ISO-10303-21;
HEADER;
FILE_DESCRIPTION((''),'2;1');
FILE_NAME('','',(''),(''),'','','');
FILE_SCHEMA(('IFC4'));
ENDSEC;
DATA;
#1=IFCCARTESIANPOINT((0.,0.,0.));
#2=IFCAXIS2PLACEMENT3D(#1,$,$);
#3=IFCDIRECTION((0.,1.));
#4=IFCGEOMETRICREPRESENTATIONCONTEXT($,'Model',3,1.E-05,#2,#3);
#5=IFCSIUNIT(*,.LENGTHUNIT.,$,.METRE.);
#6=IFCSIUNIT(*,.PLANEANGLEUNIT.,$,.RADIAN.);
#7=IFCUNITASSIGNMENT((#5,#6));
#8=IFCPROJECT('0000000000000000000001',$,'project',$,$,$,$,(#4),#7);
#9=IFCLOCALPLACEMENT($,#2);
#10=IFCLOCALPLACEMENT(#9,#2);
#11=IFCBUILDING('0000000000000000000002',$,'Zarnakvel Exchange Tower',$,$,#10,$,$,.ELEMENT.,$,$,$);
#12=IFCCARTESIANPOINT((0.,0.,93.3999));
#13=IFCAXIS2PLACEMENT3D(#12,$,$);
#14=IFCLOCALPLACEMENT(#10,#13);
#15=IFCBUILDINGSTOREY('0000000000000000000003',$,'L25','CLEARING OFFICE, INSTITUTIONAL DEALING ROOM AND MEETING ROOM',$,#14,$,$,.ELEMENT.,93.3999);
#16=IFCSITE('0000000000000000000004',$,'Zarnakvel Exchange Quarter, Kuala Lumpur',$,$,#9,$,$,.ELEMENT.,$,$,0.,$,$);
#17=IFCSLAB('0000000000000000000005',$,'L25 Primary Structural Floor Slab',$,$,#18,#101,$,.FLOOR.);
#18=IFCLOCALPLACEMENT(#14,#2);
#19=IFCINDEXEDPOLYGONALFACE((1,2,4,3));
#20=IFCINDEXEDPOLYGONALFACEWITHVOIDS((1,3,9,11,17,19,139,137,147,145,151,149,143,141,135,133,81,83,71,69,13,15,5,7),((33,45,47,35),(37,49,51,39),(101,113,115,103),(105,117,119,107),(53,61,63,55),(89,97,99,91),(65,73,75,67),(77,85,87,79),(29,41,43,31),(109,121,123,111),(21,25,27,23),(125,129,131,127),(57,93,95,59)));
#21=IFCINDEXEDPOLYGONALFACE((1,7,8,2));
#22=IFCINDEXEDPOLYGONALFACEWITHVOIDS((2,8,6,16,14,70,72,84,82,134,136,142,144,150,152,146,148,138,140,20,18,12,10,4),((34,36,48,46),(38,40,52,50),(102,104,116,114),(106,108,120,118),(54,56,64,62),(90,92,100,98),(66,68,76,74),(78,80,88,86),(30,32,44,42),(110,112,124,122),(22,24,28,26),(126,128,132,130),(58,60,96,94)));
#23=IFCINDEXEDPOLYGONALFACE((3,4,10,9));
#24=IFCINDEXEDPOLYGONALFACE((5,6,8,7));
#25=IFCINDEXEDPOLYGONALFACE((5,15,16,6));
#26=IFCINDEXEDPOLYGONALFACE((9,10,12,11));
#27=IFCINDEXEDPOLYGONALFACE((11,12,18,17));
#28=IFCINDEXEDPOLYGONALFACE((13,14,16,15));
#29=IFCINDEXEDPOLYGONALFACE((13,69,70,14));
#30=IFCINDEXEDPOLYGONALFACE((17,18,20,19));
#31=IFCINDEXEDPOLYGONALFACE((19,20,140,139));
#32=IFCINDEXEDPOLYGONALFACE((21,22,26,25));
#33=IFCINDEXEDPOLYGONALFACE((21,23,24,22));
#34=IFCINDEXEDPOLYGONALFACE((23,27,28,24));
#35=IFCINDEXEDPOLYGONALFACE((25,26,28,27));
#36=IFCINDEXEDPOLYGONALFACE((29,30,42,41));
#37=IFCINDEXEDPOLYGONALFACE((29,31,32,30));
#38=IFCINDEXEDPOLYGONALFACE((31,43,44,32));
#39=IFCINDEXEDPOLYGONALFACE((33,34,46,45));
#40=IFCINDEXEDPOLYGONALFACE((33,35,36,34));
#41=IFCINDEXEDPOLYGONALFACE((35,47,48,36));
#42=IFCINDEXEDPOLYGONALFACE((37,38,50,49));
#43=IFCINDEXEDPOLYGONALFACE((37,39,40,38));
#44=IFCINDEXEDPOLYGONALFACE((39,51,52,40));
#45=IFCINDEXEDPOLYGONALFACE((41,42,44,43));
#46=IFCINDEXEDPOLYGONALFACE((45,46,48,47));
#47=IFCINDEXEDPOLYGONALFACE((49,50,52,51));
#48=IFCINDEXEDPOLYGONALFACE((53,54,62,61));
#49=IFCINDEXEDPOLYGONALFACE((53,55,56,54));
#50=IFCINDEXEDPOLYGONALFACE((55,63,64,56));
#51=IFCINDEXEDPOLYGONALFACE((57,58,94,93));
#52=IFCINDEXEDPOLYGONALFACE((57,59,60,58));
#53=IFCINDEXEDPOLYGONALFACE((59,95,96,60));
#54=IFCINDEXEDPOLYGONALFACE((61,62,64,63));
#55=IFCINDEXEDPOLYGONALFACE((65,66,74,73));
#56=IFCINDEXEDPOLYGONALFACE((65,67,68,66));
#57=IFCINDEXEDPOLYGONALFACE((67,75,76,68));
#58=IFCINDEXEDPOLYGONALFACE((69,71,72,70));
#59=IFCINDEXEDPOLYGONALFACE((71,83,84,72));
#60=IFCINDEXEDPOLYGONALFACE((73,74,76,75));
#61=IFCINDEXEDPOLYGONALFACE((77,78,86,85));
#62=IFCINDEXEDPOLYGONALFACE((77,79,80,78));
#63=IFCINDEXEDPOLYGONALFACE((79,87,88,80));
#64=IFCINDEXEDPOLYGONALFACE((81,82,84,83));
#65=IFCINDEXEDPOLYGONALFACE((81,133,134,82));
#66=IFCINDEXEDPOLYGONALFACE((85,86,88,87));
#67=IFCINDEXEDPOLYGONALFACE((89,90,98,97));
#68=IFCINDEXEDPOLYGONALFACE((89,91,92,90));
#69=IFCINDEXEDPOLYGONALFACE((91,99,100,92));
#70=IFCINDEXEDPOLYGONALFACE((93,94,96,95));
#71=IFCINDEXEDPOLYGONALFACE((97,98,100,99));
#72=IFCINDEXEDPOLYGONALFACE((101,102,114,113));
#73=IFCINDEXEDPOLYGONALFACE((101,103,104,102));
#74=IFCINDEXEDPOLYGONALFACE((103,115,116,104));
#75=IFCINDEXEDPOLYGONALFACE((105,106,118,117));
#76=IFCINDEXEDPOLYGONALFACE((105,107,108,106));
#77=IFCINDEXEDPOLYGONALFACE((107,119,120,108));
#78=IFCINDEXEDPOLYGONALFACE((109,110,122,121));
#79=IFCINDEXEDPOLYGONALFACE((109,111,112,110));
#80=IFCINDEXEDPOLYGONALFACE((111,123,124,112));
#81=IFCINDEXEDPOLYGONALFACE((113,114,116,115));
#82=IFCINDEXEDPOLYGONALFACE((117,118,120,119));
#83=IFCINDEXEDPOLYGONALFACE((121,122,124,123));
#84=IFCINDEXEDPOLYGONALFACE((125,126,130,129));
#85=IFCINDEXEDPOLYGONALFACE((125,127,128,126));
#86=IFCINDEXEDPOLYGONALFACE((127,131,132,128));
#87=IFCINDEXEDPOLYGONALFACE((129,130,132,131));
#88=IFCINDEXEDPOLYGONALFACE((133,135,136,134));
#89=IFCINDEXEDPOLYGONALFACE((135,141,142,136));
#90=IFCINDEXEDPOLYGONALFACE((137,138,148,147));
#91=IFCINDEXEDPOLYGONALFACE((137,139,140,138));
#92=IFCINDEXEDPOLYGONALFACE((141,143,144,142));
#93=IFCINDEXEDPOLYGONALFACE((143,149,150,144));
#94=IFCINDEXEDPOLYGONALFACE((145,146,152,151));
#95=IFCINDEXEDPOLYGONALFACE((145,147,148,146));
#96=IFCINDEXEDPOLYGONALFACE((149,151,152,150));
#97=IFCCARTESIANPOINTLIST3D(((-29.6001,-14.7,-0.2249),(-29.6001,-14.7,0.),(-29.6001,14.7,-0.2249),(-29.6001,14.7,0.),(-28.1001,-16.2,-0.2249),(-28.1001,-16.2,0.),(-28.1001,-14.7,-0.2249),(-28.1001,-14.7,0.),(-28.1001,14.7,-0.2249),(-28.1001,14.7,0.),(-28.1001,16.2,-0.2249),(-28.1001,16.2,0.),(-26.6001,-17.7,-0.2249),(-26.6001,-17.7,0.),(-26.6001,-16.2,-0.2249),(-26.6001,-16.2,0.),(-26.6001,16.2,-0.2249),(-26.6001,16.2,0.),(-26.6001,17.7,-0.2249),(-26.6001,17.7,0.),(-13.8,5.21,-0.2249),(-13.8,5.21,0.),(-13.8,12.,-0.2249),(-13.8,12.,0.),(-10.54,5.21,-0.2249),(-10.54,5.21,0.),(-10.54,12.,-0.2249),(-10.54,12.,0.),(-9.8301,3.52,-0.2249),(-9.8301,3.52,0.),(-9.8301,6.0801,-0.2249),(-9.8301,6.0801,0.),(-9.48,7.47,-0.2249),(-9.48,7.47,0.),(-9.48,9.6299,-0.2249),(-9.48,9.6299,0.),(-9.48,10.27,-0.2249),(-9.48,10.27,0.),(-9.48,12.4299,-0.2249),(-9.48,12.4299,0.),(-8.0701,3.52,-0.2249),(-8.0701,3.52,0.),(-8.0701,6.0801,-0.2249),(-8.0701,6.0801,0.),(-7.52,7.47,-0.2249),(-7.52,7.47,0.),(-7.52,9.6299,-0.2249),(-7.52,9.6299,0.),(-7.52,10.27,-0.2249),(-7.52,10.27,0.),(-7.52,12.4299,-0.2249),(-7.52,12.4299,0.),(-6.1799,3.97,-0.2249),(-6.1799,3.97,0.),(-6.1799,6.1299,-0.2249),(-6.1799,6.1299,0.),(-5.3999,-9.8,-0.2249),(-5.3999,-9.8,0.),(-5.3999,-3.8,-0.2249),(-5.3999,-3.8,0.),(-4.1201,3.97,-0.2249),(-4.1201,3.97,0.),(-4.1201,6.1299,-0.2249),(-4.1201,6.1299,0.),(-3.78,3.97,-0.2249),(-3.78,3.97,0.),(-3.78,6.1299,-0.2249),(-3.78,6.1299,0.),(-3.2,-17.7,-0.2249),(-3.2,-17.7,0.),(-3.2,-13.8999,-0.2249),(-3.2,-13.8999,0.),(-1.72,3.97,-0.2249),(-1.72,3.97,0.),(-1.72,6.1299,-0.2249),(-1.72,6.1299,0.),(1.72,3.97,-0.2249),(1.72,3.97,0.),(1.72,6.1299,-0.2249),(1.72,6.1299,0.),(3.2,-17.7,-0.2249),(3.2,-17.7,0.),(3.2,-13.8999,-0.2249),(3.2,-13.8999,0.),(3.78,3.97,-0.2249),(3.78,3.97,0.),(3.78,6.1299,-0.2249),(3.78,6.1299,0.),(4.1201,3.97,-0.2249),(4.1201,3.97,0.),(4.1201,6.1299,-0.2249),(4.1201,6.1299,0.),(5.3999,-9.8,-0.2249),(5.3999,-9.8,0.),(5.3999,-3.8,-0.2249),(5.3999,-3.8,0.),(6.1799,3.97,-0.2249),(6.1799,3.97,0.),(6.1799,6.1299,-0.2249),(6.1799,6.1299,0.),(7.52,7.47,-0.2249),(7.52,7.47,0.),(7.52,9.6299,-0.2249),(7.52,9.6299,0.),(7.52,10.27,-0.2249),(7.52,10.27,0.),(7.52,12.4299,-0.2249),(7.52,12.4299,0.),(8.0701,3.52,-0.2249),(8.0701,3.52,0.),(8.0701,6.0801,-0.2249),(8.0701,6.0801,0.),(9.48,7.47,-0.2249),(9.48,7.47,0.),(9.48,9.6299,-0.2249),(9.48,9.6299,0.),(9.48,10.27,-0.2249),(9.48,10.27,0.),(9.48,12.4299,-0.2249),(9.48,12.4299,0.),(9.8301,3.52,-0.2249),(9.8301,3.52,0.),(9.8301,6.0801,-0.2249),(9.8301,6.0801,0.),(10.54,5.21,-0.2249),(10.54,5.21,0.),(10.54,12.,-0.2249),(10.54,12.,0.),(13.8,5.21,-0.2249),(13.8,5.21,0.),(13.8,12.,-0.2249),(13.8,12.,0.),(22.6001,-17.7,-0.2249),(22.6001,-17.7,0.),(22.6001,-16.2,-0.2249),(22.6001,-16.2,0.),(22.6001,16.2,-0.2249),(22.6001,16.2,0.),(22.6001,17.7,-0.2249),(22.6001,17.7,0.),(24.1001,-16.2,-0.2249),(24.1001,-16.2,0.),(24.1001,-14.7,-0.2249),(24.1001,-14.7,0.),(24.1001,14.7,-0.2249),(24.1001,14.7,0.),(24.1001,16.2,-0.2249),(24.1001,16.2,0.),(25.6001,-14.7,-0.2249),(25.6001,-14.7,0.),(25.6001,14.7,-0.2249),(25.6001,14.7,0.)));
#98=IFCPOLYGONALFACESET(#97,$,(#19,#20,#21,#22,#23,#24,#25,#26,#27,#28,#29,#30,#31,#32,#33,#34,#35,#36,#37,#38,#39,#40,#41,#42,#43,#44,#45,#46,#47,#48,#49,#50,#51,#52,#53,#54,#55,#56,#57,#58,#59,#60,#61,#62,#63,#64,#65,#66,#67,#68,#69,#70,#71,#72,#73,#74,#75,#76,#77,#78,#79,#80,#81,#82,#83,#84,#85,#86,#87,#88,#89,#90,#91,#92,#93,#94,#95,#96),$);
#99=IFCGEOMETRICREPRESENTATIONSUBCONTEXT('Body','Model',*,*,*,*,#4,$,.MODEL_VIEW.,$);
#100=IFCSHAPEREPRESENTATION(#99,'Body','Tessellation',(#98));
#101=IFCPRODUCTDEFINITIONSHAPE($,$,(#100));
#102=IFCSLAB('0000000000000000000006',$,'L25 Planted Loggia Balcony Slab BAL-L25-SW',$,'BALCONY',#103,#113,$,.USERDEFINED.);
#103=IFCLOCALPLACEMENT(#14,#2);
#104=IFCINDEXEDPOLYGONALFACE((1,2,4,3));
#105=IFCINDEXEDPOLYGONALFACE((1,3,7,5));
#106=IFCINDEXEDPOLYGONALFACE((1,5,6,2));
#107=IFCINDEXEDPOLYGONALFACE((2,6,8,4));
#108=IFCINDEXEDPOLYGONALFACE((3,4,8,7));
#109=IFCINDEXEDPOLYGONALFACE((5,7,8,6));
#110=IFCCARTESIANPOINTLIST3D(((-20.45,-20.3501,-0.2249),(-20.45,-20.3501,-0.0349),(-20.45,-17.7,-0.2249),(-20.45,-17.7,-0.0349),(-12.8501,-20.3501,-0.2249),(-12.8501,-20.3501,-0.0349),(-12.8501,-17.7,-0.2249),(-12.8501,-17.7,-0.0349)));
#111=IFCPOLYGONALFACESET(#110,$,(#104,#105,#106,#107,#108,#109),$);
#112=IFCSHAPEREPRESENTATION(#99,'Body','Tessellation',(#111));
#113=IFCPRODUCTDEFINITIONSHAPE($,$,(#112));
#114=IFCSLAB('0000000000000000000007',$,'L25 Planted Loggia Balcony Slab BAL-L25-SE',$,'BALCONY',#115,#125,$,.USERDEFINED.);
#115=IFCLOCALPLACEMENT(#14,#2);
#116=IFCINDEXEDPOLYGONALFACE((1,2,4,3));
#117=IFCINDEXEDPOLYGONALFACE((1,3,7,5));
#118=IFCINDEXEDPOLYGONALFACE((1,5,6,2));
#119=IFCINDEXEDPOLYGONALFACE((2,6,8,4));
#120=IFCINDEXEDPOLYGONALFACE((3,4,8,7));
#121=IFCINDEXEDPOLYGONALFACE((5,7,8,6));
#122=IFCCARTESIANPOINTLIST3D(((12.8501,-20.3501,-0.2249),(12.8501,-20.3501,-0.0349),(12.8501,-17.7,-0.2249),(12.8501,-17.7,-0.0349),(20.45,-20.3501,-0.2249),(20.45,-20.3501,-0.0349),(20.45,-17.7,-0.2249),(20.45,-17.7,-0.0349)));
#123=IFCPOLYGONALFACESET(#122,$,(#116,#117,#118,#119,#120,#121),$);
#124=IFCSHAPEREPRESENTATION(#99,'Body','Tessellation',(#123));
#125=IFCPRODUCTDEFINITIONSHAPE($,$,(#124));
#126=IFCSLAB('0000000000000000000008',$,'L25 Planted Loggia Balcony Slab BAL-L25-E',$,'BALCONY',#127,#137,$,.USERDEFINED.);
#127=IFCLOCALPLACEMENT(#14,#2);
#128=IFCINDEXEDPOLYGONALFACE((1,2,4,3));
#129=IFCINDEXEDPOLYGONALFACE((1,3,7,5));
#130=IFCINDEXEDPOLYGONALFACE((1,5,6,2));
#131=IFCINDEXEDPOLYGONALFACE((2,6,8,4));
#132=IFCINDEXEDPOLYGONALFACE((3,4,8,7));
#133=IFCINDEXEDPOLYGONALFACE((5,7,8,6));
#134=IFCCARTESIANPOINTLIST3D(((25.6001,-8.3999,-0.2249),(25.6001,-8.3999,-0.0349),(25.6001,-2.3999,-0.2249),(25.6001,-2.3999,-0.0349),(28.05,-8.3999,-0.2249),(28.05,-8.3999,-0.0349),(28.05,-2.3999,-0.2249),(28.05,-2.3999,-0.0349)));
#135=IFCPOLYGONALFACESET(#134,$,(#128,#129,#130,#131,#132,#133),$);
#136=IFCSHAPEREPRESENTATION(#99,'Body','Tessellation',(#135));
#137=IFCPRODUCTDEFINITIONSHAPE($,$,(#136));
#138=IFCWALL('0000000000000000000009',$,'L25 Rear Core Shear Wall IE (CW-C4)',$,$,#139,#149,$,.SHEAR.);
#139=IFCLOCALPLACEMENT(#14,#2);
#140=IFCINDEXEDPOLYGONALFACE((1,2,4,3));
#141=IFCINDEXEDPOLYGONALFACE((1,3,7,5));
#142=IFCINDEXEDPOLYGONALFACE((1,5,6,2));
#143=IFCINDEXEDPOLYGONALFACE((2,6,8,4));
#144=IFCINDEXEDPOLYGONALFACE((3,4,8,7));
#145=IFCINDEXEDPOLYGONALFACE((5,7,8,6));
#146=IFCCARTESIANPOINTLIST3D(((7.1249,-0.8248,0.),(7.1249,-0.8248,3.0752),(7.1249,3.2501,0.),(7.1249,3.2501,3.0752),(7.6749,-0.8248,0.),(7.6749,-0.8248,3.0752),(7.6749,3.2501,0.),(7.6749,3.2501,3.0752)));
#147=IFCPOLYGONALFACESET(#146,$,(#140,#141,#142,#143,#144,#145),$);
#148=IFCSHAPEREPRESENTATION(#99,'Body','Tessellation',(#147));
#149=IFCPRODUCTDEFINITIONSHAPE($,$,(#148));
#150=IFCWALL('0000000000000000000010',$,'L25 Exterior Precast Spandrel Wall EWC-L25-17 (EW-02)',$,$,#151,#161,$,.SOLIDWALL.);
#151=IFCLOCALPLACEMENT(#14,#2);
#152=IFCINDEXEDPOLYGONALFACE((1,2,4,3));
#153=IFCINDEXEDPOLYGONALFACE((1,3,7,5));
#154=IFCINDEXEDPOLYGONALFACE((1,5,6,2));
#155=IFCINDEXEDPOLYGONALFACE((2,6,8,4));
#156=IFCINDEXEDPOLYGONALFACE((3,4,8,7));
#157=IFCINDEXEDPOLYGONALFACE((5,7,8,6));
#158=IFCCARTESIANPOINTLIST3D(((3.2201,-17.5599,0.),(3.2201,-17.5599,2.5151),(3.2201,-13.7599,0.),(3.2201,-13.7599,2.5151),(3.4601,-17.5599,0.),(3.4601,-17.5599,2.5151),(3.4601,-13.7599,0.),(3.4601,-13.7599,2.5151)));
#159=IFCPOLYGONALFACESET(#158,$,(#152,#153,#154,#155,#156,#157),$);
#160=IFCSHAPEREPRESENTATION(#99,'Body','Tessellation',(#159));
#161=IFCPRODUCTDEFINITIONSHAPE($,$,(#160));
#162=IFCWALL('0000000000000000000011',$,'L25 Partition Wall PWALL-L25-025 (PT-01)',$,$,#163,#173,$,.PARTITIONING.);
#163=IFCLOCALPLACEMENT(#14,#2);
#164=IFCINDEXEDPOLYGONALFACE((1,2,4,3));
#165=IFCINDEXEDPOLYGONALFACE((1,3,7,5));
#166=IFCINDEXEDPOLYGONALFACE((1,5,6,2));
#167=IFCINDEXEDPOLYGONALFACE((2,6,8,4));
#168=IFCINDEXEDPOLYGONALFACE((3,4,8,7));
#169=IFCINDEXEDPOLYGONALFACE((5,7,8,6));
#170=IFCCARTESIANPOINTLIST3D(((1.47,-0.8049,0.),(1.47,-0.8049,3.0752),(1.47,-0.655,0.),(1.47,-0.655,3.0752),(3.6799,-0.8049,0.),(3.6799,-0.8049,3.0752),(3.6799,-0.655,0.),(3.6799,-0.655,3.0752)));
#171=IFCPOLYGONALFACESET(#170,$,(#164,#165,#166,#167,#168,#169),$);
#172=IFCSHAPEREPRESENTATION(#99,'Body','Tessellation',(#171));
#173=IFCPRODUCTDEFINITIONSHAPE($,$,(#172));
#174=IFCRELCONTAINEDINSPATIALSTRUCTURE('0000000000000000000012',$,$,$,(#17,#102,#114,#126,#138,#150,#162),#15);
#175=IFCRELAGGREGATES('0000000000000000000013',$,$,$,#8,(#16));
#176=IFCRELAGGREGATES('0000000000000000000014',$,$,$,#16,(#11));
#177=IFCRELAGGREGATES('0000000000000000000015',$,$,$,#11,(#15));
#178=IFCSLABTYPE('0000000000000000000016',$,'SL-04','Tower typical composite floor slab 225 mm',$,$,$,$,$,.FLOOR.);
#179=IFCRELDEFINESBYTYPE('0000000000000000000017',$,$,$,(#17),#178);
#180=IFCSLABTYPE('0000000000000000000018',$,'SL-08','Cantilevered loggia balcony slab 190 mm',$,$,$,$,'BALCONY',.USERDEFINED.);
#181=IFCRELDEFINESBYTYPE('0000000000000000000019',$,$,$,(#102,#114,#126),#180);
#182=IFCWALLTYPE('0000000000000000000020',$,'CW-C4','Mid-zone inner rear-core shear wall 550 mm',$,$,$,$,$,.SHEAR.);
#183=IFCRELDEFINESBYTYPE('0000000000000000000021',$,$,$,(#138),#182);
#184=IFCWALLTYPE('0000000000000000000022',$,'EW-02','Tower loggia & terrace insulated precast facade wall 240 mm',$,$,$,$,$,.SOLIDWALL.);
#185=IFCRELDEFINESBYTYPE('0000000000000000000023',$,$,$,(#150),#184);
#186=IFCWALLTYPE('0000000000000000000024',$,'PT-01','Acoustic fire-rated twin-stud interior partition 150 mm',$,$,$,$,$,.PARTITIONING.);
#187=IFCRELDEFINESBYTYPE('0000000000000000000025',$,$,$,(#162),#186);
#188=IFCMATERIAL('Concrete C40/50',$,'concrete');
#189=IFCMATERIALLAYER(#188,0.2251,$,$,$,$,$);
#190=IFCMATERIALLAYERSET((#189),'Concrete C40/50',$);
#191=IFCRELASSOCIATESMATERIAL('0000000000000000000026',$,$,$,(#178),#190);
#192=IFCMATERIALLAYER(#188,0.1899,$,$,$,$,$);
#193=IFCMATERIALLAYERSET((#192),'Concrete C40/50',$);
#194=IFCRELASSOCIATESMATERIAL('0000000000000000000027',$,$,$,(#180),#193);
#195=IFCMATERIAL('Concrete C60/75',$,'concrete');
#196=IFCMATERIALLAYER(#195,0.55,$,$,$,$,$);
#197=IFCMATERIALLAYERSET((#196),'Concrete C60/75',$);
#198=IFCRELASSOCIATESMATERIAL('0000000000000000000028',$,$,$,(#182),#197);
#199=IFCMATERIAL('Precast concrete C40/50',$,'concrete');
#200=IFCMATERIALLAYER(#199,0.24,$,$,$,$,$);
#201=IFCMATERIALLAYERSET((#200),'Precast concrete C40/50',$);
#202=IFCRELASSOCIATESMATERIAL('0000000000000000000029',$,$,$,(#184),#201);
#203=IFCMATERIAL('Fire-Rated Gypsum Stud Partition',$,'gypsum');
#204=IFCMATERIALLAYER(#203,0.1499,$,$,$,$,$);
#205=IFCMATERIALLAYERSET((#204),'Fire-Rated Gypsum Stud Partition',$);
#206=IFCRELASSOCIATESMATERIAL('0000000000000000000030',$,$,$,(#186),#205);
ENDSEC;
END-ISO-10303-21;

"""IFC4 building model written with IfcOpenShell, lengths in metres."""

from ifc_helpers import new_model, si_unit, direction, frame, frame_2d, origin, place, context, subcontext, project, spatial, polyline, rectangle, outline, extrude, material, layer, layer_set, type_object, element, save


model = new_model("IFC4")

# Units and contexts
model_context = context("Model", 3, precision=1e-05, world=origin(), true_north=direction((0.0, 1.0)))
body_context = subcontext(model_context, "Body", "Model", "MODEL_VIEW")
ifc_project = project(units=[si_unit("LENGTHUNIT", "METRE"), si_unit("PLANEANGLEUNIT", "RADIAN")], contexts=[model_context])

# Site, building, storey
site_placement = place(None, origin())
site = spatial("IfcSite", under=ifc_project, at=site_placement, Name="Zarnakvel Exchange Quarter, Kuala Lumpur", CompositionType="ELEMENT", RefElevation=0.0)
building_placement = place(site_placement, origin())
building = spatial("IfcBuilding", under=site, at=building_placement, Name="Zarnakvel Exchange Tower", CompositionType="ELEMENT")
storey_placement = place(building_placement, frame((0.0, 0.0, 93.3999)))
storey = spatial("IfcBuildingStorey", under=building, at=storey_placement, Name="L25", Description="CLEARING OFFICE, INSTITUTIONAL DEALING ROOM AND MEETING ROOM", CompositionType="ELEMENT", Elevation=93.3999)

# Shared definitions
ifc_material_1 = material(Name="Concrete C60/75", Category="concrete")

# Shared definitions
ifc_material_2 = material(Name="Concrete C40/50", Category="concrete")

# Slabs
ifc_layer_1 = layer(ifc_material_2, 0.2251)
ifc_layer_set_1 = layer_set([ifc_layer_1], Name="Concrete C40/50")
slab_type_1 = type_object("IfcSlabType", Name="SL-04", Description="Tower typical composite floor slab 225 mm", PredefinedType="FLOOR", material=ifc_layer_set_1)
slab_1_placement = place(storey_placement, frame((0.0, 0.0, -0.2249)))
element("IfcSlab", 1, at=slab_1_placement, inside=storey, type_object=slab_type_1, Name="L25 Primary Structural Floor Slab", PredefinedType="FLOOR", context=body_context, shape_type="SweptSolid", body=[
    extrude(outline(polyline([(-29.6001, -14.7), (-28.1001, -14.7), (-28.1001, -16.2), (-26.6001, -16.2), (-26.6001, -17.7), (-3.2, -17.7), (-3.2, -13.8999), (3.2, -13.8999), (3.2, -17.7), (22.6001, -17.7), (22.6001, -16.2), (24.1001, -16.2), (24.1001, -14.7), (25.6001, -14.7), (25.6001, 14.7), (24.1001, 14.7), (24.1001, 16.2), (22.6001, 16.2), (22.6001, 17.7), (-26.6001, 17.7), (-26.6001, 16.2), (-28.1001, 16.2), (-28.1001, 14.7), (-29.6001, 14.7), (-29.6001, -14.7)]), holes=[polyline([(-5.3999, -9.8), (5.3999, -9.8), (5.3999, -3.8), (-5.3999, -3.8), (-5.3999, -9.8)]), polyline([(-13.8, 5.21), (-10.54, 5.21), (-10.54, 12.0), (-13.8, 12.0), (-13.8, 5.21)]), polyline([(10.54, 5.21), (13.8, 5.21), (13.8, 12.0), (10.54, 12.0), (10.54, 5.21)]), polyline([(-9.8301, 3.52), (-8.0701, 3.52), (-8.0701, 6.0801), (-9.8301, 6.0801), (-9.8301, 3.52)]), polyline([(8.0701, 3.52), (9.8301, 3.52), (9.8301, 6.0801), (8.0701, 6.0801), (8.0701, 3.52)]), polyline([(-6.1799, 3.97), (-4.1201, 3.97), (-4.1201, 6.1299), (-6.1799, 6.1299), (-6.1799, 3.97)]), polyline([(-3.78, 3.97), (-1.72, 3.97), (-1.72, 6.1299), (-3.78, 6.1299), (-3.78, 3.97)]), polyline([(1.72, 3.97), (3.78, 3.97), (3.78, 6.1299), (1.72, 6.1299), (1.72, 3.97)]), polyline([(4.1201, 3.97), (6.1799, 3.97), (6.1799, 6.1299), (4.1201, 6.1299), (4.1201, 3.97)]), polyline([(-9.48, 7.47), (-7.52, 7.47), (-7.52, 9.6299), (-9.48, 9.6299), (-9.48, 7.47)]), polyline([(-9.48, 10.27), (-7.52, 10.27), (-7.52, 12.4299), (-9.48, 12.4299), (-9.48, 10.27)]), polyline([(7.52, 7.47), (9.48, 7.47), (9.48, 9.6299), (7.52, 9.6299), (7.52, 7.47)]), polyline([(7.52, 10.27), (9.48, 10.27), (9.48, 12.4299), (7.52, 12.4299), (7.52, 10.27)])]), origin(), (0.0, 0.0, 1.0), 0.2249),
])
ifc_layer_2 = layer(ifc_material_2, 0.1899)
ifc_layer_set_2 = layer_set([ifc_layer_2], Name="Concrete C40/50")
slab_type_2 = type_object("IfcSlabType", Name="SL-08", Description="Cantilevered loggia balcony slab 190 mm", ElementType="BALCONY", PredefinedType="USERDEFINED", material=ifc_layer_set_2)
slab_2_placement = place(storey_placement, frame((0.0, 0.0, -0.2249)))
element("IfcSlab", 2, at=slab_2_placement, inside=storey, type_object=slab_type_2, Name="L25 Planted Loggia Balcony Slab BAL-L25-SW", ObjectType="BALCONY", PredefinedType="USERDEFINED", context=body_context, shape_type="SweptSolid", body=[
    extrude(outline(polyline([(-20.45, -20.3501), (-12.8501, -20.3501), (-12.8501, -17.7), (-20.45, -17.7), (-20.45, -20.3501)])), origin(), (0.0, 0.0, 1.0), 0.1899),
])
slab_3_placement = place(storey_placement, frame((0.0, 0.0, -0.2249)))
element("IfcSlab", 3, at=slab_3_placement, inside=storey, type_object=slab_type_2, Name="L25 Planted Loggia Balcony Slab BAL-L25-SE", ObjectType="BALCONY", PredefinedType="USERDEFINED", context=body_context, shape_type="SweptSolid", body=[
    extrude(outline(polyline([(12.8501, -20.3501), (20.45, -20.3501), (20.45, -17.7), (12.8501, -17.7), (12.8501, -20.3501)])), origin(), (0.0, 0.0, 1.0), 0.1899),
])
slab_4_placement = place(storey_placement, frame((0.0, 0.0, -0.2249)))
element("IfcSlab", 4, at=slab_4_placement, inside=storey, type_object=slab_type_2, Name="L25 Planted Loggia Balcony Slab BAL-L25-E", ObjectType="BALCONY", PredefinedType="USERDEFINED", context=body_context, shape_type="SweptSolid", body=[
    extrude(outline(polyline([(25.6001, -8.3999), (28.05, -8.3999), (28.05, -2.3999), (25.6001, -2.3999), (25.6001, -8.3999)])), origin(), (0.0, 0.0, 1.0), 0.1899),
])

# Walls
ifc_layer_3 = layer(ifc_material_1, 0.55)
ifc_layer_set_3 = layer_set([ifc_layer_3], Name="Concrete C60/75")
wall_type_1 = type_object("IfcWallType", Name="CW-C4", Description="Mid-zone inner rear-core shear wall 550 mm", PredefinedType="SHEAR", material=ifc_layer_set_3)
wall_1_placement = place(storey_placement, frame((7.3999, -0.825, 0.0), z_axis=(0.0, 0.0, 1.0), x_axis=(0.0, 1.0, 0.0)))
element("IfcWall", 5, at=wall_1_placement, inside=storey, type_object=wall_type_1, Name="L25 Rear Core Shear Wall IE (CW-C4)", PredefinedType="SHEAR", context=body_context, shape_type="SweptSolid", body=[
    extrude(rectangle(XDim=4.075, YDim=0.55, at=frame_2d((2.0376, 0.0))), origin(), (0.0, 0.0, 1.0), 3.0752),
])
ifc_material_3 = material(Name="Precast concrete C40/50", Category="concrete")
ifc_layer_4 = layer(ifc_material_3, 0.24)
ifc_layer_set_4 = layer_set([ifc_layer_4], Name="Precast concrete C40/50")
wall_type_2 = type_object("IfcWallType", Name="EW-02", Description="Tower loggia & terrace insulated precast facade wall 240 mm", PredefinedType="SOLIDWALL", material=ifc_layer_set_4)
wall_2_placement = place(storey_placement, frame((3.3401, -13.76, 0.0), z_axis=(0.0, 0.0, 1.0), x_axis=(0.0, -1.0, 0.0)))
element("IfcWall", 6, at=wall_2_placement, inside=storey, type_object=wall_type_2, Name="L25 Exterior Precast Spandrel Wall EWC-L25-17 (EW-02)", PredefinedType="SOLIDWALL", context=body_context, shape_type="SweptSolid", body=[
    extrude(rectangle(XDim=3.8, YDim=0.24, at=frame_2d((1.8999, 0.0))), origin(), (0.0, 0.0, 1.0), 2.5151),
])
ifc_material_4 = material(Name="Fire-Rated Gypsum Stud Partition", Category="gypsum")
ifc_layer_5 = layer(ifc_material_4, 0.1499)
ifc_layer_set_5 = layer_set([ifc_layer_5], Name="Fire-Rated Gypsum Stud Partition")
wall_type_3 = type_object("IfcWallType", Name="PT-01", Description="Acoustic fire-rated twin-stud interior partition 150 mm", PredefinedType="PARTITIONING", material=ifc_layer_set_5)
for number, where, z_axis, x_axis, name in (
    (7, (3.6799, -0.73, 0.0), (0.0, 0.0, 1.0), (-1.0, 0.0, 0.0), "L25 Partition Wall PWALL-L25-025 (PT-01)"),
):
    element("IfcWall", number, at=place(storey_placement, frame(where, z_axis=z_axis, x_axis=x_axis)), inside=storey, type_object=wall_type_3, Name=name, PredefinedType="PARTITIONING", context=body_context, shape_type="SweptSolid", body=[
        extrude(rectangle(XDim=2.21, YDim=0.1499, at=frame_2d((1.105, 0.0))), origin(), (0.0, 0.0, 1.0), 3.0752),
    ])

save(model, "model.ifc")
